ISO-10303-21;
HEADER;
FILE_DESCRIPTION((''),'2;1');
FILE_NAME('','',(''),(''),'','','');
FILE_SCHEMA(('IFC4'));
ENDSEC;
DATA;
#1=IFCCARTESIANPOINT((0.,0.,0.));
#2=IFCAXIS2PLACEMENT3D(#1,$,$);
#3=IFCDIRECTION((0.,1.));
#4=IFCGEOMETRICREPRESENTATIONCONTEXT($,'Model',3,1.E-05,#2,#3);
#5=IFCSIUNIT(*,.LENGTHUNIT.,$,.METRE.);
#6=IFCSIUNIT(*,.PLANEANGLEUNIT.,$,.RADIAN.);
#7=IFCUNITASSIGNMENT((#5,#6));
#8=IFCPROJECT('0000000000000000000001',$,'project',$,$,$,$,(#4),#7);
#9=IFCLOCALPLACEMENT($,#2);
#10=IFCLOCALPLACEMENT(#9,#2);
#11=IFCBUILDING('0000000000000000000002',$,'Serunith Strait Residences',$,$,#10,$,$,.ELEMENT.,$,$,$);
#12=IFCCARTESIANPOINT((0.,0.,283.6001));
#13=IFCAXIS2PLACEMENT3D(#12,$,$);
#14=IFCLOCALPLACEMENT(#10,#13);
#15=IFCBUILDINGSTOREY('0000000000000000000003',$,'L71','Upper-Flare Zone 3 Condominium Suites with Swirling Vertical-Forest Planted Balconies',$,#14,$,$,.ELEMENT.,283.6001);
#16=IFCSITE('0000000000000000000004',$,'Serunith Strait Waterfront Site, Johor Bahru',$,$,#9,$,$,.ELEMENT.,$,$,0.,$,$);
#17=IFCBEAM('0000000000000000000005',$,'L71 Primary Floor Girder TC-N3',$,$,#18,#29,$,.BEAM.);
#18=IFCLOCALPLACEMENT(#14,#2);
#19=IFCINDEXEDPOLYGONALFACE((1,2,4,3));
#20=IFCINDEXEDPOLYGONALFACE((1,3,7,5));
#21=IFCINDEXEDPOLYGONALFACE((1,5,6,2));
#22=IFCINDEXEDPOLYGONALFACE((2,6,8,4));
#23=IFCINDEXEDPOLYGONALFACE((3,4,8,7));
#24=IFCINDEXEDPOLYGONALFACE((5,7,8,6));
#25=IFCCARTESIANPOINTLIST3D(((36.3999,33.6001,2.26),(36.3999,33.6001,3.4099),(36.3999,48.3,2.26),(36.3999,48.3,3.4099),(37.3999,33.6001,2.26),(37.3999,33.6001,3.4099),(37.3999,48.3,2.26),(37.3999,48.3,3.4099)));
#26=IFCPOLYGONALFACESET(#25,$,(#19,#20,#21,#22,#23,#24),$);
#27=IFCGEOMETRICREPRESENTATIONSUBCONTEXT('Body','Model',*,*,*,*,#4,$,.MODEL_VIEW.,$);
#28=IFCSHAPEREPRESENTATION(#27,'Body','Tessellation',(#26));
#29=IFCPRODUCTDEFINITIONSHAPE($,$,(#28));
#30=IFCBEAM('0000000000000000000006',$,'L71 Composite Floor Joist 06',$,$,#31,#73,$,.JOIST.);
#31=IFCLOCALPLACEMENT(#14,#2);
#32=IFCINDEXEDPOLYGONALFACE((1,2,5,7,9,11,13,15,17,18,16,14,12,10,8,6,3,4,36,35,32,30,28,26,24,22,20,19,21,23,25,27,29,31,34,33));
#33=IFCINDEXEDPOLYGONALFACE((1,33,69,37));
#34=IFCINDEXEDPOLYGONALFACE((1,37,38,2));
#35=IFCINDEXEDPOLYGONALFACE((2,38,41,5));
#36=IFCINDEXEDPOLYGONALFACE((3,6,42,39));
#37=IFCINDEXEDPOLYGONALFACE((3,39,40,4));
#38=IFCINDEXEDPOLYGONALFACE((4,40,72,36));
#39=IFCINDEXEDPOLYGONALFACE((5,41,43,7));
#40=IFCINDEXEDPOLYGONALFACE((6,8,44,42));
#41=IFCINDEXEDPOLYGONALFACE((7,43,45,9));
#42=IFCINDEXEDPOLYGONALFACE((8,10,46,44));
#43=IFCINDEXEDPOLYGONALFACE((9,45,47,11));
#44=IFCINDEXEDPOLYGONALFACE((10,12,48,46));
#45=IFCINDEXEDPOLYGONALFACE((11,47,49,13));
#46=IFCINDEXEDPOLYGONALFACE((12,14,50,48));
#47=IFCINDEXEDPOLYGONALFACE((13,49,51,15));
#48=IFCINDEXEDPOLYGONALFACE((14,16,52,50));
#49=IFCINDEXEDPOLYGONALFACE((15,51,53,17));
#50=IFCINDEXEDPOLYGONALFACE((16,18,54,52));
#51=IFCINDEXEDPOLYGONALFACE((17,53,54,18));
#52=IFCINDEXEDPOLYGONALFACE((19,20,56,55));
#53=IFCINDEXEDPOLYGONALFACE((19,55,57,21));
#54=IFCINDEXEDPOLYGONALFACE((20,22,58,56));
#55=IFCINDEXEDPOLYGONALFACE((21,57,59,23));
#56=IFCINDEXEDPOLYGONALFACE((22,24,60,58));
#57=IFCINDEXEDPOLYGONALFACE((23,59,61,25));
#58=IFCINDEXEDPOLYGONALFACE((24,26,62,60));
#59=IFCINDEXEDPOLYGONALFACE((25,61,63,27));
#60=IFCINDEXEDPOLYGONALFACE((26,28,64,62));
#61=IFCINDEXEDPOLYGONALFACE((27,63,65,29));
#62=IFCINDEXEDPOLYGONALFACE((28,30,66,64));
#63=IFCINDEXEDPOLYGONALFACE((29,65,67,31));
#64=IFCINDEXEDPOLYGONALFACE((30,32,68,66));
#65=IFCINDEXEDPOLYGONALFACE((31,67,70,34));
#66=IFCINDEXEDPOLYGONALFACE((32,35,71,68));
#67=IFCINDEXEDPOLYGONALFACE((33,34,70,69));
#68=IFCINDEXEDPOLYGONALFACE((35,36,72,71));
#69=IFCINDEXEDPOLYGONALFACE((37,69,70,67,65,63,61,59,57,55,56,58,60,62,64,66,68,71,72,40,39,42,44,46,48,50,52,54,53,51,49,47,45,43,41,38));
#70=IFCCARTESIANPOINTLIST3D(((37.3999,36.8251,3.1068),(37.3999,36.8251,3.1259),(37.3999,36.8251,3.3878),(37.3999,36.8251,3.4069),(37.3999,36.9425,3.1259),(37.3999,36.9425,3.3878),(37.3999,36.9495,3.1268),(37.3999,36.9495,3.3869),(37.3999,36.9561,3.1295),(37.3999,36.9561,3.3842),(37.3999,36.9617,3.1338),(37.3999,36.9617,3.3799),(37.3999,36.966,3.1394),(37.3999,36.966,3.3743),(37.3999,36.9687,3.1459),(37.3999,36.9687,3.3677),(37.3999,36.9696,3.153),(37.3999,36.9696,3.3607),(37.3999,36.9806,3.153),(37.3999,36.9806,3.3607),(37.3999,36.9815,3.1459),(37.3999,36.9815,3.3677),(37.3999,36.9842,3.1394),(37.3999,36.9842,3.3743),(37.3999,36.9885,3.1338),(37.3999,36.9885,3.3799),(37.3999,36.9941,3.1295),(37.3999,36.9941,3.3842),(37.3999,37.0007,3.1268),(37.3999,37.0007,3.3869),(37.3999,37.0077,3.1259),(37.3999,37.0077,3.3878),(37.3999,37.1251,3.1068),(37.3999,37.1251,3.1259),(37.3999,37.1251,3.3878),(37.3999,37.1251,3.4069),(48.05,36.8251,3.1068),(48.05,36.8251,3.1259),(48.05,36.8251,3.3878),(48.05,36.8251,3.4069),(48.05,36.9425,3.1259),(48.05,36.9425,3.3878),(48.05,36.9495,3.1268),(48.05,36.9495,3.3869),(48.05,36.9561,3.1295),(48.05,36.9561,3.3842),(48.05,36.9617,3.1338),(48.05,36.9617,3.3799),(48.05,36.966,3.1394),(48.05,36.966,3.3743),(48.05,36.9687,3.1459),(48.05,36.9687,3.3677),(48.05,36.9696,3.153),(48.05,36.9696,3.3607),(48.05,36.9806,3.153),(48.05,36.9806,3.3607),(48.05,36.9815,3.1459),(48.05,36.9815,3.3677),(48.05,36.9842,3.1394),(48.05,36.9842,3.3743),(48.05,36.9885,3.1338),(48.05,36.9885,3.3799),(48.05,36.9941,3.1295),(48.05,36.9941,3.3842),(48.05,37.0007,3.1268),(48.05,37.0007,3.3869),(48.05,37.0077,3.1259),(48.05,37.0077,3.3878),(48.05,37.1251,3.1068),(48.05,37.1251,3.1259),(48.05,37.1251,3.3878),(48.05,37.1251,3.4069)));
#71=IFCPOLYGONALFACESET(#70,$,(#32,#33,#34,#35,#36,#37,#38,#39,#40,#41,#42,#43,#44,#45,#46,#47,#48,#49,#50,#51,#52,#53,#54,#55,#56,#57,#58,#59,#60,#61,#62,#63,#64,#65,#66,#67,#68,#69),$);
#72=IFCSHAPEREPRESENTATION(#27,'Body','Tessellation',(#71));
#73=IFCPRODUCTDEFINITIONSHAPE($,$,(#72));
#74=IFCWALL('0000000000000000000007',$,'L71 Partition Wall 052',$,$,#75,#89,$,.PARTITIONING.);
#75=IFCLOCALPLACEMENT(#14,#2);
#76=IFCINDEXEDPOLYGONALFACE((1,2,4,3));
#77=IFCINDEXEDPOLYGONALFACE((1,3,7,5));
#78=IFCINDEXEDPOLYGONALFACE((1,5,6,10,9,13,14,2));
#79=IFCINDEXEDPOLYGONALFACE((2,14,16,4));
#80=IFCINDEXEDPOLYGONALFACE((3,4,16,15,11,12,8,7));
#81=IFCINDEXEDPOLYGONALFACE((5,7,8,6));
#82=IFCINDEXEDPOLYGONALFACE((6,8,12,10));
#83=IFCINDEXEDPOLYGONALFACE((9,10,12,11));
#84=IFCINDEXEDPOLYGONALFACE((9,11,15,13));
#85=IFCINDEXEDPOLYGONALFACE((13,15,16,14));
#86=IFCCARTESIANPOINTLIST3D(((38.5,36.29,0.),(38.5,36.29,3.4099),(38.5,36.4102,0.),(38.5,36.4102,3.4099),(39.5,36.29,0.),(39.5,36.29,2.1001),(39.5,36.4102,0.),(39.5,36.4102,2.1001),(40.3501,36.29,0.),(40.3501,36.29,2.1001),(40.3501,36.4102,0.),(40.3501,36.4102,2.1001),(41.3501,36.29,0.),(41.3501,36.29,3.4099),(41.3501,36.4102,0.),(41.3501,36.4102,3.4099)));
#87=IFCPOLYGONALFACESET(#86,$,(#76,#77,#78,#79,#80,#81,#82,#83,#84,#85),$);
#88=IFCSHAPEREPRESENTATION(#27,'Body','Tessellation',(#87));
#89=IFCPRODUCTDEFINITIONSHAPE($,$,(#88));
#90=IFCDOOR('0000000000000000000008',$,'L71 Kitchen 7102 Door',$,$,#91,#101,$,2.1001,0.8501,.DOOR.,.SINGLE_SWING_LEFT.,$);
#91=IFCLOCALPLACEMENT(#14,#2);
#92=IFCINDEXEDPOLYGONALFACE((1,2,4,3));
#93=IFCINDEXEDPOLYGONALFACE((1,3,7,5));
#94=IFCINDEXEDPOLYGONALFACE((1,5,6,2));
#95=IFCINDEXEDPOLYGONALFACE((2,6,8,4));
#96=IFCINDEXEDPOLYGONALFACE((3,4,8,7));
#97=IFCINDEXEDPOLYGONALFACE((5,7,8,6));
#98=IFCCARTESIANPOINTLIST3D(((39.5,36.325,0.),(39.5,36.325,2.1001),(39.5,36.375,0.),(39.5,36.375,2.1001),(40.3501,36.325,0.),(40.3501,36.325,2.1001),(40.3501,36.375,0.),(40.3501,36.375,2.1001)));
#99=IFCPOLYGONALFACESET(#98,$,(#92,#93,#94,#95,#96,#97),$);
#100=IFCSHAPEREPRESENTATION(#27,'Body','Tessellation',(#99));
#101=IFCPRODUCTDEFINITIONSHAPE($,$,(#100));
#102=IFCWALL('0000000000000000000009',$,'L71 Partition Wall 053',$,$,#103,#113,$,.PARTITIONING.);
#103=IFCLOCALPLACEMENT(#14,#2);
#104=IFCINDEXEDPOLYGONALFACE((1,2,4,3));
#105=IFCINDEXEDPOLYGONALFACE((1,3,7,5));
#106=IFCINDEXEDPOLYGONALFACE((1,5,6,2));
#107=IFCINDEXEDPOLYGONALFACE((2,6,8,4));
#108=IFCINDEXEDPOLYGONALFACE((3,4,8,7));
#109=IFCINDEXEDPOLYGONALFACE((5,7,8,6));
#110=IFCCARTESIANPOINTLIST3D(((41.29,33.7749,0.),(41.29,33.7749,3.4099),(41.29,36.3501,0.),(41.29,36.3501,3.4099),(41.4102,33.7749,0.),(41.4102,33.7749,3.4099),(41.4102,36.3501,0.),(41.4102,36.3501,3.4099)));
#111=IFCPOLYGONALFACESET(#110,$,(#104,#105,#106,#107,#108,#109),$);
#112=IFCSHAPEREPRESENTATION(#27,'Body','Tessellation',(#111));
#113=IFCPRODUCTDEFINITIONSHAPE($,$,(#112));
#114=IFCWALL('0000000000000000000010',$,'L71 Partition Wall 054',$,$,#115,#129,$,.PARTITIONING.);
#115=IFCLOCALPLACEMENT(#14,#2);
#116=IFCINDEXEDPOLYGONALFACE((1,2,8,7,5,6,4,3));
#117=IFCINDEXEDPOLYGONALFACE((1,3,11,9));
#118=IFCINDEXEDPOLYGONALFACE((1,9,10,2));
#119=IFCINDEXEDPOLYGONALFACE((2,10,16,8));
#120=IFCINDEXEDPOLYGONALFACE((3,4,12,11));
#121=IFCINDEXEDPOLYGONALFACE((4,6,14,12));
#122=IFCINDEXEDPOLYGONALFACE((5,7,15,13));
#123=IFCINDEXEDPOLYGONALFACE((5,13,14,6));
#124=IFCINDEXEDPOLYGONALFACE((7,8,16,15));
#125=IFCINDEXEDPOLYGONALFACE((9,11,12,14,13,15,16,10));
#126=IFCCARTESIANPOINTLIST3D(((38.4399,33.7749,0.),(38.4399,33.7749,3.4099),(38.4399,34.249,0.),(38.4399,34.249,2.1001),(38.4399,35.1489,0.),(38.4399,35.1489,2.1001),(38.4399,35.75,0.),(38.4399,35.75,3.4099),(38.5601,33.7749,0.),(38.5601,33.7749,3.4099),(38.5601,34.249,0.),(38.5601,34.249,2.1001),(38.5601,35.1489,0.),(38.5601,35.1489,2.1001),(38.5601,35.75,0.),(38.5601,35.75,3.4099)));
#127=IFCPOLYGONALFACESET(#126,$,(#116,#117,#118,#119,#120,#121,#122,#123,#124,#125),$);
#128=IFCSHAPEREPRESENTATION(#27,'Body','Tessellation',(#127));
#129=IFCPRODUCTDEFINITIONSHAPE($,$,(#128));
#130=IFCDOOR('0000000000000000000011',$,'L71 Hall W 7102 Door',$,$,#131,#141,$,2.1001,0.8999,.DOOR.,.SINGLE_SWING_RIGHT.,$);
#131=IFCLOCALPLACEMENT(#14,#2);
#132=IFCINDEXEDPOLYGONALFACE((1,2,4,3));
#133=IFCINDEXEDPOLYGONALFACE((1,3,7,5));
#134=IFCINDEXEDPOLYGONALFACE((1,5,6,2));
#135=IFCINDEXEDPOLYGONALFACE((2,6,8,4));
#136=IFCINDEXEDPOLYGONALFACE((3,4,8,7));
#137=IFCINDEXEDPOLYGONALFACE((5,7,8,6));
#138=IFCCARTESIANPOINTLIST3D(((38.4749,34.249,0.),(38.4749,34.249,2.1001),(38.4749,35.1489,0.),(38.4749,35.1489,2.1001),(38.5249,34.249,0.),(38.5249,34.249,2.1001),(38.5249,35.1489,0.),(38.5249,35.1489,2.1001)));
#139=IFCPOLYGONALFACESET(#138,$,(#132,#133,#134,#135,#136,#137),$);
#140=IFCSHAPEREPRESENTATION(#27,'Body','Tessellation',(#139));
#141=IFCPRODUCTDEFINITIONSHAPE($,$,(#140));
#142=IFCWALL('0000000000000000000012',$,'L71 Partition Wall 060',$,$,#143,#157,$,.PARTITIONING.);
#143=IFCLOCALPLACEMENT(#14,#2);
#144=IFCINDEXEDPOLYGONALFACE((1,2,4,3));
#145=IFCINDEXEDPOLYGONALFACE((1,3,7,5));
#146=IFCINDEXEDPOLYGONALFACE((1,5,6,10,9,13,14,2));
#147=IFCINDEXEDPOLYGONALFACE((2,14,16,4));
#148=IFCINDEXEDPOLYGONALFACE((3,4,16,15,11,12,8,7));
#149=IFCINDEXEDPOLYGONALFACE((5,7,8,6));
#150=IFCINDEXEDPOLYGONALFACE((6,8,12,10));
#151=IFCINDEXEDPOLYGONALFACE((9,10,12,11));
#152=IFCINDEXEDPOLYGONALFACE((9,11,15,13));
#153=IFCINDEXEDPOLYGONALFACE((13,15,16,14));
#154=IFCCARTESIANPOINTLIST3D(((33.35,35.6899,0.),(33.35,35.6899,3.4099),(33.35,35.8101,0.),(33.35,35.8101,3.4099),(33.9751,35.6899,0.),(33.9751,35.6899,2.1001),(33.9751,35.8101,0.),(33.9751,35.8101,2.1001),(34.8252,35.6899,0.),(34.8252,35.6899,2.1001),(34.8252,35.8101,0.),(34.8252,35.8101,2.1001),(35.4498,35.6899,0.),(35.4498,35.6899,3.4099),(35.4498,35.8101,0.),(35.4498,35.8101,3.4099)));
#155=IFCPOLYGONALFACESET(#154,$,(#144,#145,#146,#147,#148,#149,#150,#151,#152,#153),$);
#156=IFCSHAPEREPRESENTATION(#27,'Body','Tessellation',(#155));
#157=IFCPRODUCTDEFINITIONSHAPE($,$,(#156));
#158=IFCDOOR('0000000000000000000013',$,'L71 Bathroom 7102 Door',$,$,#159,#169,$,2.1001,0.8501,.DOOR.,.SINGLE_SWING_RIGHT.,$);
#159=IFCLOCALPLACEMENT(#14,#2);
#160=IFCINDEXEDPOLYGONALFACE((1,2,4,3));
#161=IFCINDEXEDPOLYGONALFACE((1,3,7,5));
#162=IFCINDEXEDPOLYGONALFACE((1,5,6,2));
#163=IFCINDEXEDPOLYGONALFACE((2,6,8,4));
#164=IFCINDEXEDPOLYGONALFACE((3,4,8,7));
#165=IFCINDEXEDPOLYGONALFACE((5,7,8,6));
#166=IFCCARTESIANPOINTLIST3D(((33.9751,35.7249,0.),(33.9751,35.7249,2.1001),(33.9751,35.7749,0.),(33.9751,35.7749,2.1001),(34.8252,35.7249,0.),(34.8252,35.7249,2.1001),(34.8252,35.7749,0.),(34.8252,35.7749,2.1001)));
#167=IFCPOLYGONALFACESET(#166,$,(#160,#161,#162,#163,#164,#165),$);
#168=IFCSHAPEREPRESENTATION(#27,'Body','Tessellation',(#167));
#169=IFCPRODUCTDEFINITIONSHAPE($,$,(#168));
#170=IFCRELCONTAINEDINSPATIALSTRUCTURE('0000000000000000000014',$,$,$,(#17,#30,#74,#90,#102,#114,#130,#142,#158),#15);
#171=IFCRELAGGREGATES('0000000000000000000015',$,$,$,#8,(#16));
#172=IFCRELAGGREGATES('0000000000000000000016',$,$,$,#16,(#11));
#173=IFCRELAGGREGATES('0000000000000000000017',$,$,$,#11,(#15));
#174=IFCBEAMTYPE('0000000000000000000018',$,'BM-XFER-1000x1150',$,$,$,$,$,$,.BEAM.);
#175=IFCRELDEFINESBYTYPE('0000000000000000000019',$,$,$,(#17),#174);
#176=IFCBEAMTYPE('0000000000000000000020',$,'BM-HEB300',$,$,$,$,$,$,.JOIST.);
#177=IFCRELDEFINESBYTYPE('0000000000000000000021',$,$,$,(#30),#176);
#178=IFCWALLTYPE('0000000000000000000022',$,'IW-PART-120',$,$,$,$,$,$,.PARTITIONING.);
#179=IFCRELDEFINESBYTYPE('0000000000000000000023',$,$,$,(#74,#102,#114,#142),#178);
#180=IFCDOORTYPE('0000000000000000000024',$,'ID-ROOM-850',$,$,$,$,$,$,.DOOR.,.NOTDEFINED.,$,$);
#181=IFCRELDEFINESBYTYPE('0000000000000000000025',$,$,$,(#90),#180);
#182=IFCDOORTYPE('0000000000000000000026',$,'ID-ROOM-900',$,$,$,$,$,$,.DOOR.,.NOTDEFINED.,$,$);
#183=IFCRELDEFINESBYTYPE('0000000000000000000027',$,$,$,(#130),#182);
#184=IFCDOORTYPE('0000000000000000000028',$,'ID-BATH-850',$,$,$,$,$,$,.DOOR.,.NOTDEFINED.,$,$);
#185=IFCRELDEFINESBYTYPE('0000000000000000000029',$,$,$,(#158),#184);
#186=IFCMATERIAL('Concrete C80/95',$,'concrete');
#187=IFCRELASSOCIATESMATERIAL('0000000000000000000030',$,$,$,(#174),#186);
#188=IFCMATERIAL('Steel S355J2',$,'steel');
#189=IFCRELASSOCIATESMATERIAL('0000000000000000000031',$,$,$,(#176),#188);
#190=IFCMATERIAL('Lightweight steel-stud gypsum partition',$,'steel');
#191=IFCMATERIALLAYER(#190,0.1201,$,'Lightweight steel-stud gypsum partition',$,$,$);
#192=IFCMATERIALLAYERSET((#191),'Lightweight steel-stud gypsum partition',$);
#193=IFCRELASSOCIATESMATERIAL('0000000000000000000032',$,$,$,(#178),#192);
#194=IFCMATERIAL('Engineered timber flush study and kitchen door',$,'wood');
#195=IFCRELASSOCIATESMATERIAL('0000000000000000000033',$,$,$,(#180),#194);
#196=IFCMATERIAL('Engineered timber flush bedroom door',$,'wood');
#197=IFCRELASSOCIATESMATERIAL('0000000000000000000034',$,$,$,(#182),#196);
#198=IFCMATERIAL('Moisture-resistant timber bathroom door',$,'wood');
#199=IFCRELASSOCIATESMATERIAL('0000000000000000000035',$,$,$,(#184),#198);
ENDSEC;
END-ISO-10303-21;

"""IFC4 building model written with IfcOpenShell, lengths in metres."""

from ifc_helpers import new_model, si_unit, direction, frame, frame_2d, origin, origin_2d, place, context, subcontext, project, spatial, rectangle, i_section, extrude, source, transform, mapped, material, layer, layer_set, material_profile, profile_set, type_object, element, fill, save


model = new_model("IFC4")

# Units and contexts
model_context = context("Model", 3, precision=1e-05, world=origin(), true_north=direction((0.0, 1.0)))
body_context = subcontext(model_context, "Body", "Model", "MODEL_VIEW")
ifc_project = project(units=[si_unit("LENGTHUNIT", "METRE"), si_unit("PLANEANGLEUNIT", "RADIAN")], contexts=[model_context])

# Site, building, storey
site_placement = place(None, origin())
site = spatial("IfcSite", under=ifc_project, at=site_placement, Name="Serunith Strait Waterfront Site, Johor Bahru", CompositionType="ELEMENT", RefElevation=0.0)
building_placement = place(site_placement, origin())
building = spatial("IfcBuilding", under=site, at=building_placement, Name="Serunith Strait Residences", CompositionType="ELEMENT")
storey_placement = place(building_placement, frame((0.0, 0.0, 283.6001)))
storey = spatial("IfcBuildingStorey", under=building, at=storey_placement, Name="L71", Description="Upper-Flare Zone 3 Condominium Suites with Swirling Vertical-Forest Planted Balconies", CompositionType="ELEMENT", Elevation=283.6001)

# Beams
ifc_material_1 = material(Name="Concrete C80/95", Category="concrete")
ifc_material_profile_1 = material_profile(ifc_material_1, rectangle(XDim=1.0, YDim=1.1499, at=origin_2d()), Name="RC 1000x1150")
ifc_profile_set_1 = profile_set([ifc_material_profile_1], Name="Concrete C80/95")
beam_type_1 = type_object("IfcBeamType", Name="BM-XFER-1000x1150", PredefinedType="BEAM", material=ifc_profile_set_1)
shared_shape_1 = source(origin(), body_context, "Body", "SweptSolid", [
    extrude(rectangle(XDim=1.0, YDim=1.1499, at=origin_2d()), origin(), (0.0, 0.0, 1.0), 14.7),
])
beam_1_placement = place(storey_placement, frame((36.8999, 33.6001, 2.835), z_axis=(0.0, 1.0, 0.0), x_axis=(-1.0, 0.0, 0.0)))
element("IfcBeam", 1, at=beam_1_placement, inside=storey, type_object=beam_type_1, Name="L71 Primary Floor Girder TC-N3", PredefinedType="BEAM", context=body_context, shape_type="MappedRepresentation", body=[
    mapped(shared_shape_1, transform((0.0, 0.0, 0.0), scale=1.0)),
])
ifc_material_2 = material(Name="Steel S355J2", Category="steel")
ifc_material_profile_2 = material_profile(ifc_material_2, i_section(OverallWidth=0.3, OverallDepth=0.3, WebThickness=0.011, FlangeThickness=0.019, FilletRadius=0.0271, at=origin_2d()), Name="HEB 300")
ifc_profile_set_2 = profile_set([ifc_material_profile_2], Name="Steel S355J2")
beam_type_2 = type_object("IfcBeamType", Name="BM-HEB300", PredefinedType="JOIST", material=ifc_profile_set_2)
shared_shape_2 = source(origin(), body_context, "Body", "SweptSolid", [
    extrude(i_section(OverallWidth=0.3, OverallDepth=0.3, WebThickness=0.011, FlangeThickness=0.019, FilletRadius=0.0271, at=origin_2d()), origin(), (0.0, 0.0, 1.0), 10.6501),
])
beam_2_placement = place(storey_placement, frame((37.3999, 36.9751, 3.2568), z_axis=(1.0, 0.0, 0.0), x_axis=(0.0, 1.0, 0.0)))
element("IfcBeam", 2, at=beam_2_placement, inside=storey, type_object=beam_type_2, Name="L71 Composite Floor Joist 06", PredefinedType="JOIST", context=body_context, shape_type="MappedRepresentation", body=[
    mapped(shared_shape_2, transform((0.0, 0.0, 0.0), scale=1.0)),
])

# Wall, opening, door
ifc_material_3 = material(Name="Lightweight steel-stud gypsum partition", Category="steel")
ifc_layer_1 = layer(ifc_material_3, 0.1201, Name="Lightweight steel-stud gypsum partition")
ifc_layer_set_1 = layer_set([ifc_layer_1], Name="Lightweight steel-stud gypsum partition")
wall_type_1 = type_object("IfcWallType", Name="IW-PART-120", PredefinedType="PARTITIONING", material=ifc_layer_set_1)
wall_1_placement = place(storey_placement, frame((38.5, 36.3501, 0.0), z_axis=(0.0, 0.0, 1.0), x_axis=(1.0, 0.0, 0.0)))
wall_1 = element("IfcWall", 3, at=wall_1_placement, inside=storey, type_object=wall_type_1, Name="L71 Partition Wall 052", PredefinedType="PARTITIONING", context=body_context, shape_type="SweptSolid", body=[
    extrude(rectangle(XDim=2.8501, YDim=0.1201, at=frame_2d((1.425, 0.0))), origin(), (0.0, 0.0, 1.0), 3.4099),
])
opening_1_placement = place(wall_1_placement, frame((1.0, 0.0, 0.0)))
opening_1 = element("IfcOpeningElement", 4, at=opening_1_placement, cuts=wall_1, PredefinedType="OPENING", context=body_context, shape_type="SweptSolid", body=[
    extrude(rectangle(XDim=0.8501, YDim=2.1001, at=frame_2d((0.425, 1.05))), frame((0.0, 0.0701, 0.0), z_axis=(0.0, -1.0, 0.0), x_axis=(1.0, 0.0, 0.0)), (0.0, 0.0, 1.0), 0.1401),
])
ifc_material_4 = material(Name="Engineered timber flush study and kitchen door", Category="wood")
door_type_1 = type_object("IfcDoorType", Name="ID-ROOM-850", OperationType="NOTDEFINED", PredefinedType="DOOR", material=ifc_material_4)
shared_shape_3 = source(origin(), body_context, "Body", "SweptSolid", [
    extrude(rectangle(XDim=0.8501, YDim=2.1001, at=frame_2d((0.425, 1.05))), frame((0.0, 0.0249, 0.0), z_axis=(0.0, -1.0, 0.0), x_axis=(1.0, 0.0, 0.0)), (0.0, 0.0, 1.0), 0.05),
])
door_1_placement = place(opening_1_placement, origin())
door_1 = element("IfcDoor", 5, at=door_1_placement, inside=storey, type_object=door_type_1, Name="L71 Kitchen 7102 Door", OperationType="SINGLE_SWING_LEFT", OverallHeight=2.1001, OverallWidth=0.8501, PredefinedType="DOOR", context=body_context, shape_type="MappedRepresentation", body=[
    mapped(shared_shape_3, transform((0.0, 0.0, 0.0), scale=1.0)),
])
fill(opening_1, door_1)

# Wall
wall_2_placement = place(storey_placement, frame((41.3501, 36.3501, 0.0), z_axis=(0.0, 0.0, 1.0), x_axis=(0.0, -1.0, 0.0)))
element("IfcWall", 6, at=wall_2_placement, inside=storey, type_object=wall_type_1, Name="L71 Partition Wall 053", PredefinedType="PARTITIONING", context=body_context, shape_type="SweptSolid", body=[
    extrude(rectangle(XDim=2.5752, YDim=0.1201, at=frame_2d((1.2876, 0.0))), origin(), (0.0, 0.0, 1.0), 3.4099),
])

# Walls, openings, doors
wall_3_placement = place(storey_placement, frame((38.5, 35.75, 0.0), z_axis=(0.0, 0.0, 1.0), x_axis=(0.0, -1.0, 0.0)))
wall_3 = element("IfcWall", 7, at=wall_3_placement, inside=storey, type_object=wall_type_1, Name="L71 Partition Wall 054", PredefinedType="PARTITIONING", context=body_context, shape_type="SweptSolid", body=[
    extrude(rectangle(XDim=1.9751, YDim=0.1201, at=frame_2d((0.9875, 0.0))), origin(), (0.0, 0.0, 1.0), 3.4099),
])
opening_2_placement = place(wall_3_placement, frame((0.6011, 0.0, 0.0)))
opening_2 = element("IfcOpeningElement", 8, at=opening_2_placement, cuts=wall_3, PredefinedType="OPENING", context=body_context, shape_type="SweptSolid", body=[
    extrude(rectangle(XDim=0.8999, YDim=2.1001, at=frame_2d((0.45, 1.05))), frame((0.0, 0.0701, 0.0), z_axis=(0.0, -1.0, 0.0), x_axis=(1.0, 0.0, 0.0)), (0.0, 0.0, 1.0), 0.1401),
])
ifc_material_5 = material(Name="Engineered timber flush bedroom door", Category="wood")
door_type_2 = type_object("IfcDoorType", Name="ID-ROOM-900", OperationType="NOTDEFINED", PredefinedType="DOOR", material=ifc_material_5)
shared_shape_4 = source(origin(), body_context, "Body", "SweptSolid", [
    extrude(rectangle(XDim=0.8999, YDim=2.1001, at=frame_2d((0.45, 1.05))), frame((0.0, 0.0249, 0.0), z_axis=(0.0, -1.0, 0.0), x_axis=(1.0, 0.0, 0.0)), (0.0, 0.0, 1.0), 0.05),
])
door_2_placement = place(opening_2_placement, origin())
door_2 = element("IfcDoor", 9, at=door_2_placement, inside=storey, type_object=door_type_2, Name="L71 Hall W 7102 Door", OperationType="SINGLE_SWING_RIGHT", OverallHeight=2.1001, OverallWidth=0.8999, PredefinedType="DOOR", context=body_context, shape_type="MappedRepresentation", body=[
    mapped(shared_shape_4, transform((0.0, 0.0, 0.0), scale=1.0)),
])
fill(opening_2, door_2)
wall_4_placement = place(storey_placement, frame((33.3501, 35.75, 0.0), z_axis=(0.0, 0.0, 1.0), x_axis=(1.0, 0.0, 0.0)))
wall_4 = element("IfcWall", 10, at=wall_4_placement, inside=storey, type_object=wall_type_1, Name="L71 Partition Wall 060", PredefinedType="PARTITIONING", context=body_context, shape_type="SweptSolid", body=[
    extrude(rectangle(XDim=2.0999, YDim=0.1201, at=frame_2d((1.0498, 0.0))), origin(), (0.0, 0.0, 1.0), 3.4099),
])
opening_3_placement = place(wall_4_placement, frame((0.625, 0.0, 0.0)))
opening_3 = element("IfcOpeningElement", 11, at=opening_3_placement, cuts=wall_4, PredefinedType="OPENING", context=body_context, shape_type="SweptSolid", body=[
    extrude(rectangle(XDim=0.8501, YDim=2.1001, at=frame_2d((0.425, 1.05))), frame((0.0, 0.0701, 0.0), z_axis=(0.0, -1.0, 0.0), x_axis=(1.0, 0.0, 0.0)), (0.0, 0.0, 1.0), 0.1401),
])
ifc_material_6 = material(Name="Moisture-resistant timber bathroom door", Category="wood")
door_type_3 = type_object("IfcDoorType", Name="ID-BATH-850", OperationType="NOTDEFINED", PredefinedType="DOOR", material=ifc_material_6)
door_3_placement = place(opening_3_placement, origin())
door_3 = element("IfcDoor", 12, at=door_3_placement, inside=storey, type_object=door_type_3, Name="L71 Bathroom 7102 Door", OperationType="SINGLE_SWING_RIGHT", OverallHeight=2.1001, OverallWidth=0.8501, PredefinedType="DOOR", context=body_context, shape_type="MappedRepresentation", body=[
    mapped(shared_shape_3, transform((0.0, 0.0, 0.0), scale=1.0)),
])
fill(opening_3, door_3)

save(model, "model.ifc")
